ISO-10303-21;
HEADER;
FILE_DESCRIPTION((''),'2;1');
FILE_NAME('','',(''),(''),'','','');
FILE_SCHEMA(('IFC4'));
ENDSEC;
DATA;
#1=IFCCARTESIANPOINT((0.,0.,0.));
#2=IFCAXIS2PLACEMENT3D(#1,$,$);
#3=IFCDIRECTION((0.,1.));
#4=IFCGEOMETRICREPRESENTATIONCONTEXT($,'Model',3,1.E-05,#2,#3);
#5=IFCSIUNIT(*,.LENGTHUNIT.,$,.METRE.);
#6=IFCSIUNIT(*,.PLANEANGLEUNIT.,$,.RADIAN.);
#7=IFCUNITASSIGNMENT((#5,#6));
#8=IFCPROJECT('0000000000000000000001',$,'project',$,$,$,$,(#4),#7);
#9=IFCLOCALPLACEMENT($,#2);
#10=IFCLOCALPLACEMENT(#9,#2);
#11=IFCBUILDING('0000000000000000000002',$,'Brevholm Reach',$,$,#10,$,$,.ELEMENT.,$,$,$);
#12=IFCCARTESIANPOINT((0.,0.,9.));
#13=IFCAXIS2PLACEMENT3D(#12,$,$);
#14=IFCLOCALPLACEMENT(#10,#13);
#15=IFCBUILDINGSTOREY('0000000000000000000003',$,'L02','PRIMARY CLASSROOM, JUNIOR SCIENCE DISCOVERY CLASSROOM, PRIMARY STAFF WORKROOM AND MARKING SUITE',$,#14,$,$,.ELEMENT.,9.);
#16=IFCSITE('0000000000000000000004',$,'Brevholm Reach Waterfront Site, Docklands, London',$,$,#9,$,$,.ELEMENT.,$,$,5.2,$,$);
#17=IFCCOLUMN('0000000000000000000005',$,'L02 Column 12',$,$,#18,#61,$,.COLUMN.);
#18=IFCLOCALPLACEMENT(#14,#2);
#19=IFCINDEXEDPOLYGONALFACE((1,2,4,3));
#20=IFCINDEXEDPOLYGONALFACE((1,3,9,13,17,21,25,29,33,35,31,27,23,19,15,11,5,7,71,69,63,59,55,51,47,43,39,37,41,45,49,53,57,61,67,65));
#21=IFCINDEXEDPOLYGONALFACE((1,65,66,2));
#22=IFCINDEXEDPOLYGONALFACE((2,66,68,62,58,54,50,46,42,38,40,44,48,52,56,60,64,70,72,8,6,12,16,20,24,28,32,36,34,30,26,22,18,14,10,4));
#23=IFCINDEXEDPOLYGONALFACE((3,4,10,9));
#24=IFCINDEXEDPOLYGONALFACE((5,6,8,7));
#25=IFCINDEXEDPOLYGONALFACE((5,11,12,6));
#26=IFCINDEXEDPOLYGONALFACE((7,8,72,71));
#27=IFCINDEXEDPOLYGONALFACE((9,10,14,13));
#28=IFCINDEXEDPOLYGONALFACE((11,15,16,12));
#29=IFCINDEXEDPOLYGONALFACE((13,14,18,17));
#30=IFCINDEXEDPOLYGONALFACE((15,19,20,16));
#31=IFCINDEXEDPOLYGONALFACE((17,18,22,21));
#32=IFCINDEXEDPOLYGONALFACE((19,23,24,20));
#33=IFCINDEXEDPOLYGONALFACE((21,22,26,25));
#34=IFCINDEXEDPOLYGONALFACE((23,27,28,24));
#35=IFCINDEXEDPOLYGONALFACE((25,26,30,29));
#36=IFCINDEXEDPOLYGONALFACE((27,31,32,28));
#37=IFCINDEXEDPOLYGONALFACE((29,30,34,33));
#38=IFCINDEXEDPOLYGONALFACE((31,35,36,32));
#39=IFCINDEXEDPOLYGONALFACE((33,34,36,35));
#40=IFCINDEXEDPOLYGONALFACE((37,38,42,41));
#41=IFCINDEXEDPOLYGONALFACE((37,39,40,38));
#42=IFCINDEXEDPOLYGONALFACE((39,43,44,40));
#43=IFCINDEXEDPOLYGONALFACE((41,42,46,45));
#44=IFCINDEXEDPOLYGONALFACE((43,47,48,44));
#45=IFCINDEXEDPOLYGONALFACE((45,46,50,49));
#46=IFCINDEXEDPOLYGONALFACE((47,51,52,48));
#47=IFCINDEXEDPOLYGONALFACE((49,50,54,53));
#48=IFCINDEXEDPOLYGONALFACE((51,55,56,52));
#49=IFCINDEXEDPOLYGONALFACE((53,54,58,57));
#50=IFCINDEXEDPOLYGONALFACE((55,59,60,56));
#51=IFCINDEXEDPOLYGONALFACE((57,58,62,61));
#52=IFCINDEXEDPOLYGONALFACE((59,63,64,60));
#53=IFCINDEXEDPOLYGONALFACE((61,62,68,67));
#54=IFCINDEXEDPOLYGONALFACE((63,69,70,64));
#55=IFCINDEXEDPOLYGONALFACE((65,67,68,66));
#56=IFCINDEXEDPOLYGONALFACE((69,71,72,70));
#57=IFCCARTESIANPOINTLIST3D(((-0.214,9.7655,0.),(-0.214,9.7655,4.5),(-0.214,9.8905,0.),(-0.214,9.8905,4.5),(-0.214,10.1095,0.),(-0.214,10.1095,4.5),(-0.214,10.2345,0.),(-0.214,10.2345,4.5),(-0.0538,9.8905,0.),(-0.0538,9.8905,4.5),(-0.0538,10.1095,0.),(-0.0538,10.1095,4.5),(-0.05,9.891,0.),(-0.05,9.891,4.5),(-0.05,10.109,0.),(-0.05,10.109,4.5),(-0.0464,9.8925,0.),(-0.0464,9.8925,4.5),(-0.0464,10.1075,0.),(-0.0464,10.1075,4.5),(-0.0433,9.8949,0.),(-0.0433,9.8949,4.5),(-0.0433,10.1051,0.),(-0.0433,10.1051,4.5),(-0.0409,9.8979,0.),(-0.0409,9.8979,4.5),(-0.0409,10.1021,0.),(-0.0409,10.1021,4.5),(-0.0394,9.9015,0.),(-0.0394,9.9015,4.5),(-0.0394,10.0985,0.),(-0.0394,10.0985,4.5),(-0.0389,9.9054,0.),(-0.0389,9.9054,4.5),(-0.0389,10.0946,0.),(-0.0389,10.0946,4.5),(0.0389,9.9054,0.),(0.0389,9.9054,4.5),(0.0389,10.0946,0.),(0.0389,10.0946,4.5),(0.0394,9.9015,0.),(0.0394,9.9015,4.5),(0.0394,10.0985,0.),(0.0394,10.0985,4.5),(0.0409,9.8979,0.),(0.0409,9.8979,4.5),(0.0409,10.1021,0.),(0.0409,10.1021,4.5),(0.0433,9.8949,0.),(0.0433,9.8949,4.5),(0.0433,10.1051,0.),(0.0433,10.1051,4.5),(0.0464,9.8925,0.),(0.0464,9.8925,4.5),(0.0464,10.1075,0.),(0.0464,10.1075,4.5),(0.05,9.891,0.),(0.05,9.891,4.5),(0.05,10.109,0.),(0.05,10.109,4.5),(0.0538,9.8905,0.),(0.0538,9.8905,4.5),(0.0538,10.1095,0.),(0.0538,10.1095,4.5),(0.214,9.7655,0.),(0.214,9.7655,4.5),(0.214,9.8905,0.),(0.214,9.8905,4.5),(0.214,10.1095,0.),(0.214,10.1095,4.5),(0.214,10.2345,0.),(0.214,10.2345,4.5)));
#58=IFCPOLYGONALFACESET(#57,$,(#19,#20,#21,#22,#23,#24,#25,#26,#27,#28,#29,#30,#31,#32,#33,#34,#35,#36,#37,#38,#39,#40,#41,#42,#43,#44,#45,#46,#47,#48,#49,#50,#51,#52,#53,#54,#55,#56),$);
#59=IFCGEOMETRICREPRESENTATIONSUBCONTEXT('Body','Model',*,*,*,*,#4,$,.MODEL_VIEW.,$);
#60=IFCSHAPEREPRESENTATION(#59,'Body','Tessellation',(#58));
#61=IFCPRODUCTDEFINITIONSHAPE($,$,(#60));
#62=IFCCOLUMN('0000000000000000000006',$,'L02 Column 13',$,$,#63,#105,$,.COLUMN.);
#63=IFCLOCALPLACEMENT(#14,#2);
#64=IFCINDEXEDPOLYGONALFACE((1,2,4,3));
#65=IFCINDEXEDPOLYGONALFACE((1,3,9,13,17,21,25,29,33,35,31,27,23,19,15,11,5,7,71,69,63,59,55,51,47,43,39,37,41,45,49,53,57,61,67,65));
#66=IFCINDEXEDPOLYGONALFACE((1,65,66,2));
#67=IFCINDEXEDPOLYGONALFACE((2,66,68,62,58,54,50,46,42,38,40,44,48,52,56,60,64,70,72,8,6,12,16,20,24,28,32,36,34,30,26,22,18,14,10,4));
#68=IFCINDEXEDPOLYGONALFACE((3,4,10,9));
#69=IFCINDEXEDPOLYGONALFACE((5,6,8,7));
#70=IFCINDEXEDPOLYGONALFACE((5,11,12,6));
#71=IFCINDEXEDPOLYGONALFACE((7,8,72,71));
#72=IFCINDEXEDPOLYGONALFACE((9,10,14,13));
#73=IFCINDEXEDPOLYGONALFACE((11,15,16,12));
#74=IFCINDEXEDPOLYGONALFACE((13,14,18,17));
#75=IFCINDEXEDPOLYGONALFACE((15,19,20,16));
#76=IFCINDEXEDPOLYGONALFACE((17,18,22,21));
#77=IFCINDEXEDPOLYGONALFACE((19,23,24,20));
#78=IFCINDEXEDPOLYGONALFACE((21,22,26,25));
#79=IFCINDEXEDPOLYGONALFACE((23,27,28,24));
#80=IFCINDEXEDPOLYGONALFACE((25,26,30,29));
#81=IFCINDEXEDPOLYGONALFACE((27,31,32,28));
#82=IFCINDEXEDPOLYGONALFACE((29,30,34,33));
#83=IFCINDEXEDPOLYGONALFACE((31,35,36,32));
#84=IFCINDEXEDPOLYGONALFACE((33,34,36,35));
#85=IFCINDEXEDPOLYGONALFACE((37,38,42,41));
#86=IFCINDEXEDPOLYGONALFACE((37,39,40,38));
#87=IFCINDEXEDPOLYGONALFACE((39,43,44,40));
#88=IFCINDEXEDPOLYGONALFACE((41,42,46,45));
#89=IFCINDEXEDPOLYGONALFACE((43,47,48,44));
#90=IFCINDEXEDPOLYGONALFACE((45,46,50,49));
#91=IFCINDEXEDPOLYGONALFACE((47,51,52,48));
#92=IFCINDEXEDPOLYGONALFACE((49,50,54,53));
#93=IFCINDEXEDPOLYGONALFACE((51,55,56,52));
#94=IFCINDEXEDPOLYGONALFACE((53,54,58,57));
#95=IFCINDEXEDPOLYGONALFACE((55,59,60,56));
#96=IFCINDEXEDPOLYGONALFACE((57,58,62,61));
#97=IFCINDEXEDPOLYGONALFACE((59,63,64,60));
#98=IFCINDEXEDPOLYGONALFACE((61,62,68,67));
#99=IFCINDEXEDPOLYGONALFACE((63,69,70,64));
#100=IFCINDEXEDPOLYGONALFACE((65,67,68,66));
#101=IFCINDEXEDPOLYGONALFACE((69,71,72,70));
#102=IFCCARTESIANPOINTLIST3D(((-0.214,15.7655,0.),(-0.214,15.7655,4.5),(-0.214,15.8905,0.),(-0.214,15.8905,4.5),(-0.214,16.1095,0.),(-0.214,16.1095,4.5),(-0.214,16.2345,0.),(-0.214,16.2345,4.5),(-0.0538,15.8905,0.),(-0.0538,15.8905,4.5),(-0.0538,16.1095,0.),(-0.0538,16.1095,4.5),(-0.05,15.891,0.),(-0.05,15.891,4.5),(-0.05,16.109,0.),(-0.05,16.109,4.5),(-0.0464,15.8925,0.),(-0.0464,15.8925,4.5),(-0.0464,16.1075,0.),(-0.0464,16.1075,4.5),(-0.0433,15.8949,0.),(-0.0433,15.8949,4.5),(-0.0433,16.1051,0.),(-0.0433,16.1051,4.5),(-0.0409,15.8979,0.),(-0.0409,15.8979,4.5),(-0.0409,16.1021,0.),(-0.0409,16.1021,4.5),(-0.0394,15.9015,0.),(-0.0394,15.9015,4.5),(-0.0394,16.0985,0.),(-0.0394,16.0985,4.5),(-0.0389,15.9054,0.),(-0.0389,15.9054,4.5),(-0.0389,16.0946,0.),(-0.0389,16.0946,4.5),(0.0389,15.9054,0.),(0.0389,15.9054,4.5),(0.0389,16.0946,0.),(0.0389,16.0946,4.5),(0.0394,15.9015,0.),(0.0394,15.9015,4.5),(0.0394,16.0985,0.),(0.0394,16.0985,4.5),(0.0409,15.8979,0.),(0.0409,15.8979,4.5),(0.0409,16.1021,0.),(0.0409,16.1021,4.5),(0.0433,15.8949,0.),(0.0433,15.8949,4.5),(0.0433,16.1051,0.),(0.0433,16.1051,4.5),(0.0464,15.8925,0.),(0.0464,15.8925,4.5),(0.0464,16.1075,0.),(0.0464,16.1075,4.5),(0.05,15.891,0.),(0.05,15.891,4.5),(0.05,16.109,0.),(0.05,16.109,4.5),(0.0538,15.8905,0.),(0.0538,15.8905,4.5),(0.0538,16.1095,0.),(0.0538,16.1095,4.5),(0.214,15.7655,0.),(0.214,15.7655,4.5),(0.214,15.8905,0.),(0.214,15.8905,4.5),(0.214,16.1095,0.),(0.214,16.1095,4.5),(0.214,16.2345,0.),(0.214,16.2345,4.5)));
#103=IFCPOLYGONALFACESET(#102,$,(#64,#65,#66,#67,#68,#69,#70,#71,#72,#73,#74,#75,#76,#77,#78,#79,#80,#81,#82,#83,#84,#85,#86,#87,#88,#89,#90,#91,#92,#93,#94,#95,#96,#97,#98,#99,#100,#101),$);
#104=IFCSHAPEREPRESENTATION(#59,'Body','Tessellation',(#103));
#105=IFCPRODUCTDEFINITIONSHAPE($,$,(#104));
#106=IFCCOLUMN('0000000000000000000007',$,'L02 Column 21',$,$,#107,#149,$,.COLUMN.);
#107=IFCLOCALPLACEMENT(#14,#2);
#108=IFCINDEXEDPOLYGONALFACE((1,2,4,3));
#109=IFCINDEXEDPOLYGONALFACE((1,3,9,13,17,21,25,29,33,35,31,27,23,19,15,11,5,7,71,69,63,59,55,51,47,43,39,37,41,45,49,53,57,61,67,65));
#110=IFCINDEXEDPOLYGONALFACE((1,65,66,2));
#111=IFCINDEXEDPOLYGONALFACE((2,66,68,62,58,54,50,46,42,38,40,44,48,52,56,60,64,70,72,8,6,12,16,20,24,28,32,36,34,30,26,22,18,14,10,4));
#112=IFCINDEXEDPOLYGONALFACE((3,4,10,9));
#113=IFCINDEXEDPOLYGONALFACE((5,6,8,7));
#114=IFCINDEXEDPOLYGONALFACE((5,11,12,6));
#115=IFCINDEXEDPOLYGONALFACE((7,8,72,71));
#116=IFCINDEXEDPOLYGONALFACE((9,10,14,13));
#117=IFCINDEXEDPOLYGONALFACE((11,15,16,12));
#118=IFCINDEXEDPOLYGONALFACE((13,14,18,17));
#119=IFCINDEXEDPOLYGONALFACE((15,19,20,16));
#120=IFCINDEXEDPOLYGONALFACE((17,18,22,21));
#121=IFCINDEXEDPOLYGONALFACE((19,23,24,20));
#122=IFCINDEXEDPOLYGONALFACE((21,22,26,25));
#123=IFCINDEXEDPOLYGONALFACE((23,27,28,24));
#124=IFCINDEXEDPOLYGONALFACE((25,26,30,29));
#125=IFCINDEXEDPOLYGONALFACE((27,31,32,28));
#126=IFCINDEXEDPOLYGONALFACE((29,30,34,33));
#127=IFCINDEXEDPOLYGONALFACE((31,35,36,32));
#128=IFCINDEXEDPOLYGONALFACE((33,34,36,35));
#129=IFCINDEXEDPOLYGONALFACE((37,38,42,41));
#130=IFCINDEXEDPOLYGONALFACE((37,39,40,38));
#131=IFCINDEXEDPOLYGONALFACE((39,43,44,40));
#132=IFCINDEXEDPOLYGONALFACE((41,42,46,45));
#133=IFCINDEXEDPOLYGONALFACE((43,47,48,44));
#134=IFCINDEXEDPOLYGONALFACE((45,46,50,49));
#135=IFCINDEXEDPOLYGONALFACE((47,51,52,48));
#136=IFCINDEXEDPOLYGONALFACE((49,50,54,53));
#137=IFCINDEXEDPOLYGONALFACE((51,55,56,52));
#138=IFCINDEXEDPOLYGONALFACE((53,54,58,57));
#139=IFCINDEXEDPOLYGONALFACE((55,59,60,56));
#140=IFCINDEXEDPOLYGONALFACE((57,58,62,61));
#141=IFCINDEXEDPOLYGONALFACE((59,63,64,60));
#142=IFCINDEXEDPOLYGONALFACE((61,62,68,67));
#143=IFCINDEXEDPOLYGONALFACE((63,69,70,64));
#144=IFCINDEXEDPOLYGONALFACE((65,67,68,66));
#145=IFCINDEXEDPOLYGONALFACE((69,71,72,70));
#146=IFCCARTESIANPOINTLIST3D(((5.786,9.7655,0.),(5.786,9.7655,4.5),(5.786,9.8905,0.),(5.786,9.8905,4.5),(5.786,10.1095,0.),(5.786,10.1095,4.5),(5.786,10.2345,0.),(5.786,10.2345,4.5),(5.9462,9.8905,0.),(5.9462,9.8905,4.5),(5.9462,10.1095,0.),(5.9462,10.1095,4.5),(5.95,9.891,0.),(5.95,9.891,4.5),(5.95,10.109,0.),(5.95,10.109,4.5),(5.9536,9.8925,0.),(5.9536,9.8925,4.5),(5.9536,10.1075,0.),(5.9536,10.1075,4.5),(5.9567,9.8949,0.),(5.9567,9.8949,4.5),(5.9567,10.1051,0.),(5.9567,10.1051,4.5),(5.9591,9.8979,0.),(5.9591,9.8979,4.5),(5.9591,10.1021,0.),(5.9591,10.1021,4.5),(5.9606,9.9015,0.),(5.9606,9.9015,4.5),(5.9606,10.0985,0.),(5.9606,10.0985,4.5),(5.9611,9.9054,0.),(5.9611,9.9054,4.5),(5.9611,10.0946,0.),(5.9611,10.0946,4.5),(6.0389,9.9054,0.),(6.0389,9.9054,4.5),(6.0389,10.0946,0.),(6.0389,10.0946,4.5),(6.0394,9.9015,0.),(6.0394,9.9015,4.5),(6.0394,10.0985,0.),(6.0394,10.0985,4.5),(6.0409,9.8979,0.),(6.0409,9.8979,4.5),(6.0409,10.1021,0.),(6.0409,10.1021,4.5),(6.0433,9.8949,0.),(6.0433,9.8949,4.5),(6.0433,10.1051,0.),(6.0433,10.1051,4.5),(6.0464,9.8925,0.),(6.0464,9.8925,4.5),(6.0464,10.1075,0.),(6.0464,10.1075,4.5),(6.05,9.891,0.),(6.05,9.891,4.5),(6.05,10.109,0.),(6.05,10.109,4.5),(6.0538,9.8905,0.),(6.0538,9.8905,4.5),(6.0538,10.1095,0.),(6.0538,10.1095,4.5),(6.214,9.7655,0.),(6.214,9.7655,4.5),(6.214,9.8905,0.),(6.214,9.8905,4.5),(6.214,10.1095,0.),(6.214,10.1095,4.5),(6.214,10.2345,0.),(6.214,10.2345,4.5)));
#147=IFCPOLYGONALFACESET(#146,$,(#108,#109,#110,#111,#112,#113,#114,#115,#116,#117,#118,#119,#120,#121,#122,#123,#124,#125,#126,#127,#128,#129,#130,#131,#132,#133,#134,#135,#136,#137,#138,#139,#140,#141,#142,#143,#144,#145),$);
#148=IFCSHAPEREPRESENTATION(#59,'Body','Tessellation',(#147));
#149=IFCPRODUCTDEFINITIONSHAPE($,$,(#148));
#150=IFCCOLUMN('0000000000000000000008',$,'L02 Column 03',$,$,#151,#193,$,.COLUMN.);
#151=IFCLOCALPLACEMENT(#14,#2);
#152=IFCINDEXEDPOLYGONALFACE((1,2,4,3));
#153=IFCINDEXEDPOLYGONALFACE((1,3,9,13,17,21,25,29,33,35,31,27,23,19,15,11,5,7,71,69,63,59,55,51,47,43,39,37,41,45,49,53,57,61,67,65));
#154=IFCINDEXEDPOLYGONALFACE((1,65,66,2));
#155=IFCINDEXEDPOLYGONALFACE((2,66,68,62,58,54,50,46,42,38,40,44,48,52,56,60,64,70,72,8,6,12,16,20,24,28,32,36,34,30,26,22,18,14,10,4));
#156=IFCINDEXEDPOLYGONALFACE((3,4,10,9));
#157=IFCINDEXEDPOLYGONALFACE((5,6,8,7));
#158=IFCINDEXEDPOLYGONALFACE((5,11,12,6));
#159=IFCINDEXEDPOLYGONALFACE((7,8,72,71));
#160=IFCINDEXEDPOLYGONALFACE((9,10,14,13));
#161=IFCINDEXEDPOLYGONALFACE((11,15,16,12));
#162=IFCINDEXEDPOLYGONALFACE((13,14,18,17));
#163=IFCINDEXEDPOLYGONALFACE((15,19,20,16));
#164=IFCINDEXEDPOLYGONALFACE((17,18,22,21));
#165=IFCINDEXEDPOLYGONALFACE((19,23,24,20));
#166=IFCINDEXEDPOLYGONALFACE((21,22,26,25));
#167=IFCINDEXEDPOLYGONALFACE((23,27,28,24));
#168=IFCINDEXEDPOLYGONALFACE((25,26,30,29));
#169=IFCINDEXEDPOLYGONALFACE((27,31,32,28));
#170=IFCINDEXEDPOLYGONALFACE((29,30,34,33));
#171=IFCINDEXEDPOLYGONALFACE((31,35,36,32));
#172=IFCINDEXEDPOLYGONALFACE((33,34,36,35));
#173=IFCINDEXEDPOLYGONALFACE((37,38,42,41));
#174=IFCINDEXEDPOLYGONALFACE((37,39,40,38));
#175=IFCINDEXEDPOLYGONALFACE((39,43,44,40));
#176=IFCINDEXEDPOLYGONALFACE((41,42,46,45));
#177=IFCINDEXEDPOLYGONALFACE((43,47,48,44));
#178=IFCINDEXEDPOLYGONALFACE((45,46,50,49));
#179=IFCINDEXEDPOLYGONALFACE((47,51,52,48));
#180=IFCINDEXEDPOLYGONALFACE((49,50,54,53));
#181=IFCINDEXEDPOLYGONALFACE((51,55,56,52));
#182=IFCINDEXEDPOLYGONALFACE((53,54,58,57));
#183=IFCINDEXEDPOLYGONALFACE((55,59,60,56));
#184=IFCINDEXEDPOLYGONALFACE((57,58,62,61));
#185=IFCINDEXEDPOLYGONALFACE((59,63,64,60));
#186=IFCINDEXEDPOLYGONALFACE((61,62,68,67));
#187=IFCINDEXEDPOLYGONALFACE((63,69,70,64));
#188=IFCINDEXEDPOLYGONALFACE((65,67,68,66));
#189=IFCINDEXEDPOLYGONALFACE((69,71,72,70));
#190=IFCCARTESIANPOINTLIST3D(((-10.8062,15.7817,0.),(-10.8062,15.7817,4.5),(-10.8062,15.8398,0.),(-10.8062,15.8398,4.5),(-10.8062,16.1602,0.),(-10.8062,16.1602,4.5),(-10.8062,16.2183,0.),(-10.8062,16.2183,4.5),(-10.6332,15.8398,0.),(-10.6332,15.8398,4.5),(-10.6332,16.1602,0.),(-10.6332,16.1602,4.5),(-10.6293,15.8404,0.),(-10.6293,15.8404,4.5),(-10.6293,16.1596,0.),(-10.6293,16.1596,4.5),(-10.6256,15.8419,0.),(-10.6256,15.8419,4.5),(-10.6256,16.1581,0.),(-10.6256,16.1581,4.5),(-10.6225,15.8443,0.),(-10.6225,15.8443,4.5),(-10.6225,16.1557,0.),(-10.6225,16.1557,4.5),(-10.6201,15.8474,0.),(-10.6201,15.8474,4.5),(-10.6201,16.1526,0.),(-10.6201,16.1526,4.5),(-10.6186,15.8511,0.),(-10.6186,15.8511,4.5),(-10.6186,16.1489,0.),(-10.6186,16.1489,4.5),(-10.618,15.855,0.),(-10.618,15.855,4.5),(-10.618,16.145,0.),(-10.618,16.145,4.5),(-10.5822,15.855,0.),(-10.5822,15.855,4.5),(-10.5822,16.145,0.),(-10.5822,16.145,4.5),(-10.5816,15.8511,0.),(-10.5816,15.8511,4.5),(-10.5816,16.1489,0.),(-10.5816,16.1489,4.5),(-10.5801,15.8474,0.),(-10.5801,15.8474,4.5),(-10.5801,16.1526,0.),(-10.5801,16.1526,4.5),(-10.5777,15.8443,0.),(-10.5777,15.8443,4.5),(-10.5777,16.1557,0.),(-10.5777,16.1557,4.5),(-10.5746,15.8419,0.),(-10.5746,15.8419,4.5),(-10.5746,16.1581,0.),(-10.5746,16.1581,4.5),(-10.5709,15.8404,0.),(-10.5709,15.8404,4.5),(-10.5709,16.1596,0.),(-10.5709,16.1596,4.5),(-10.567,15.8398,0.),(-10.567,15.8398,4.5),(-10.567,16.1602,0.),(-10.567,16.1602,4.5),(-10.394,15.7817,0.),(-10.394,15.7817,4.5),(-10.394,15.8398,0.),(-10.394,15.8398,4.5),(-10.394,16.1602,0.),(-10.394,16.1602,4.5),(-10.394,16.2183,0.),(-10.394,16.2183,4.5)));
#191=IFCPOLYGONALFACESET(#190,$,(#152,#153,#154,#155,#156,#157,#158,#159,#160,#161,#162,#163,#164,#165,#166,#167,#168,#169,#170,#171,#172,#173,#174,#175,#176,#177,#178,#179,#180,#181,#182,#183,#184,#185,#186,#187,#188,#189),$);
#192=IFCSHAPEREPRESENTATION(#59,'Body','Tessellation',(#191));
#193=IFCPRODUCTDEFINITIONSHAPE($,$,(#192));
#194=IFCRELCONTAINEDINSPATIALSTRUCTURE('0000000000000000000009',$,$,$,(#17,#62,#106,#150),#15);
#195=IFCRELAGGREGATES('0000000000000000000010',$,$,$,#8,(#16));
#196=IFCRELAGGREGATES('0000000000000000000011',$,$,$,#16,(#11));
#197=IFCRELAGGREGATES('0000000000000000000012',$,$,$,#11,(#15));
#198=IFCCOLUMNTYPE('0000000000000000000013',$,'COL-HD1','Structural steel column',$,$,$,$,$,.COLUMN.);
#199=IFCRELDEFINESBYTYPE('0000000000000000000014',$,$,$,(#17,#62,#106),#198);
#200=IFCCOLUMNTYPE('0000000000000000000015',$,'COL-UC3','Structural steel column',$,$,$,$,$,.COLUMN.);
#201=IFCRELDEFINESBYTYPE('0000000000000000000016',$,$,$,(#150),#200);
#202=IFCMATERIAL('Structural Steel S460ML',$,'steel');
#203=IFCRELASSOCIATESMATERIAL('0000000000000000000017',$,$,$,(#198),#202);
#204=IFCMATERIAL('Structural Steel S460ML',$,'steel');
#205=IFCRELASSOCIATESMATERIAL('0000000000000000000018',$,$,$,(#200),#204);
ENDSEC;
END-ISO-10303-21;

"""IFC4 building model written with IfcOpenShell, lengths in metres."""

from ifc_helpers import new_model, si_unit, direction, frame, origin, origin_2d, place, context, subcontext, project, spatial, i_section, extrude, material, material_profile, profile_set, type_object, element, save


model = new_model("IFC4")

# Units and contexts
model_context = context("Model", 3, precision=1e-05, world=origin(), true_north=direction((0.0, 1.0)))
body_context = subcontext(model_context, "Body", "Model", "MODEL_VIEW")
ifc_project = project(units=[si_unit("LENGTHUNIT", "METRE"), si_unit("PLANEANGLEUNIT", "RADIAN")], contexts=[model_context])

# Site, building, storey
site_placement = place(None, origin())
site = spatial("IfcSite", under=ifc_project, at=site_placement, Name="Brevholm Reach Waterfront Site, Docklands, London", CompositionType="ELEMENT", RefElevation=5.2)
building_placement = place(site_placement, origin())
building = spatial("IfcBuilding", under=site, at=building_placement, Name="Brevholm Reach", CompositionType="ELEMENT")
storey_placement = place(building_placement, frame((0.0, 0.0, 9.0)))
storey = spatial("IfcBuildingStorey", under=building, at=storey_placement, Name="L02", Description="PRIMARY CLASSROOM, JUNIOR SCIENCE DISCOVERY CLASSROOM, PRIMARY STAFF WORKROOM AND MARKING SUITE", CompositionType="ELEMENT", Elevation=9.0)

# Columns
ifc_material_1 = material(Name="Structural Steel S460ML", Category="steel")
ifc_material_profile_1 = material_profile(ifc_material_1, i_section(OverallWidth=0.428, OverallDepth=0.469, WebThickness=0.0779, FlangeThickness=0.125, FilletRadius=0.0149, at=origin_2d()), Name="HD 400x1086")
ifc_profile_set_1 = profile_set([ifc_material_profile_1], Name="Structural Steel S460ML")
column_type_1 = type_object("IfcColumnType", Name="COL-HD1", Description="Structural steel column", PredefinedType="COLUMN", material=ifc_profile_set_1)
for number, where, z_axis, x_axis, name in (
    (1, (0.0, 10.0, 0.0), (0.0, 0.0, 1.0), (1.0, 0.0, 0.0), "L02 Column 12"),
    (2, (0.0, 16.0, 0.0), (0.0, 0.0, 1.0), (1.0, 0.0, 0.0), "L02 Column 13"),
    (3, (6.0, 10.0, 0.0), (0.0, 0.0, 1.0), (1.0, 0.0, 0.0), "L02 Column 21"),
):
    element("IfcColumn", number, at=place(storey_placement, frame(where, z_axis=z_axis, x_axis=x_axis)), inside=storey, type_object=column_type_1, Name=name, PredefinedType="COLUMN", context=body_context, shape_type="SweptSolid", body=[
        extrude(i_section(OverallWidth=0.428, OverallDepth=0.469, WebThickness=0.0779, FlangeThickness=0.125, FilletRadius=0.0149, at=origin_2d()), origin(), (0.0, 0.0, 1.0), 4.5),
    ])
ifc_material_2 = material(Name="Structural Steel S460ML", Category="steel")
ifc_material_profile_2 = material_profile(ifc_material_2, i_section(OverallWidth=0.4121, OverallDepth=0.4365, WebThickness=0.0359, FlangeThickness=0.0581, FilletRadius=0.0151, at=origin_2d()), Name="UKC 356x406x467")
ifc_profile_set_2 = profile_set([ifc_material_profile_2], Name="Structural Steel S460ML")
column_type_2 = type_object("IfcColumnType", Name="COL-UC3", Description="Structural steel column", PredefinedType="COLUMN", material=ifc_profile_set_2)
for number, where, z_axis, x_axis, name in (
    (4, (-10.6001, 16.0, 0.0), (0.0, 0.0, 1.0), (1.0, 0.0, 0.0), "L02 Column 03"),
):
    element("IfcColumn", number, at=place(storey_placement, frame(where, z_axis=z_axis, x_axis=x_axis)), inside=storey, type_object=column_type_2, Name=name, PredefinedType="COLUMN", context=body_context, shape_type="SweptSolid", body=[
        extrude(i_section(OverallWidth=0.4121, OverallDepth=0.4365, WebThickness=0.0359, FlangeThickness=0.0581, FilletRadius=0.0151, at=origin_2d()), origin(), (0.0, 0.0, 1.0), 4.5),
    ])

save(model, "model.ifc")
